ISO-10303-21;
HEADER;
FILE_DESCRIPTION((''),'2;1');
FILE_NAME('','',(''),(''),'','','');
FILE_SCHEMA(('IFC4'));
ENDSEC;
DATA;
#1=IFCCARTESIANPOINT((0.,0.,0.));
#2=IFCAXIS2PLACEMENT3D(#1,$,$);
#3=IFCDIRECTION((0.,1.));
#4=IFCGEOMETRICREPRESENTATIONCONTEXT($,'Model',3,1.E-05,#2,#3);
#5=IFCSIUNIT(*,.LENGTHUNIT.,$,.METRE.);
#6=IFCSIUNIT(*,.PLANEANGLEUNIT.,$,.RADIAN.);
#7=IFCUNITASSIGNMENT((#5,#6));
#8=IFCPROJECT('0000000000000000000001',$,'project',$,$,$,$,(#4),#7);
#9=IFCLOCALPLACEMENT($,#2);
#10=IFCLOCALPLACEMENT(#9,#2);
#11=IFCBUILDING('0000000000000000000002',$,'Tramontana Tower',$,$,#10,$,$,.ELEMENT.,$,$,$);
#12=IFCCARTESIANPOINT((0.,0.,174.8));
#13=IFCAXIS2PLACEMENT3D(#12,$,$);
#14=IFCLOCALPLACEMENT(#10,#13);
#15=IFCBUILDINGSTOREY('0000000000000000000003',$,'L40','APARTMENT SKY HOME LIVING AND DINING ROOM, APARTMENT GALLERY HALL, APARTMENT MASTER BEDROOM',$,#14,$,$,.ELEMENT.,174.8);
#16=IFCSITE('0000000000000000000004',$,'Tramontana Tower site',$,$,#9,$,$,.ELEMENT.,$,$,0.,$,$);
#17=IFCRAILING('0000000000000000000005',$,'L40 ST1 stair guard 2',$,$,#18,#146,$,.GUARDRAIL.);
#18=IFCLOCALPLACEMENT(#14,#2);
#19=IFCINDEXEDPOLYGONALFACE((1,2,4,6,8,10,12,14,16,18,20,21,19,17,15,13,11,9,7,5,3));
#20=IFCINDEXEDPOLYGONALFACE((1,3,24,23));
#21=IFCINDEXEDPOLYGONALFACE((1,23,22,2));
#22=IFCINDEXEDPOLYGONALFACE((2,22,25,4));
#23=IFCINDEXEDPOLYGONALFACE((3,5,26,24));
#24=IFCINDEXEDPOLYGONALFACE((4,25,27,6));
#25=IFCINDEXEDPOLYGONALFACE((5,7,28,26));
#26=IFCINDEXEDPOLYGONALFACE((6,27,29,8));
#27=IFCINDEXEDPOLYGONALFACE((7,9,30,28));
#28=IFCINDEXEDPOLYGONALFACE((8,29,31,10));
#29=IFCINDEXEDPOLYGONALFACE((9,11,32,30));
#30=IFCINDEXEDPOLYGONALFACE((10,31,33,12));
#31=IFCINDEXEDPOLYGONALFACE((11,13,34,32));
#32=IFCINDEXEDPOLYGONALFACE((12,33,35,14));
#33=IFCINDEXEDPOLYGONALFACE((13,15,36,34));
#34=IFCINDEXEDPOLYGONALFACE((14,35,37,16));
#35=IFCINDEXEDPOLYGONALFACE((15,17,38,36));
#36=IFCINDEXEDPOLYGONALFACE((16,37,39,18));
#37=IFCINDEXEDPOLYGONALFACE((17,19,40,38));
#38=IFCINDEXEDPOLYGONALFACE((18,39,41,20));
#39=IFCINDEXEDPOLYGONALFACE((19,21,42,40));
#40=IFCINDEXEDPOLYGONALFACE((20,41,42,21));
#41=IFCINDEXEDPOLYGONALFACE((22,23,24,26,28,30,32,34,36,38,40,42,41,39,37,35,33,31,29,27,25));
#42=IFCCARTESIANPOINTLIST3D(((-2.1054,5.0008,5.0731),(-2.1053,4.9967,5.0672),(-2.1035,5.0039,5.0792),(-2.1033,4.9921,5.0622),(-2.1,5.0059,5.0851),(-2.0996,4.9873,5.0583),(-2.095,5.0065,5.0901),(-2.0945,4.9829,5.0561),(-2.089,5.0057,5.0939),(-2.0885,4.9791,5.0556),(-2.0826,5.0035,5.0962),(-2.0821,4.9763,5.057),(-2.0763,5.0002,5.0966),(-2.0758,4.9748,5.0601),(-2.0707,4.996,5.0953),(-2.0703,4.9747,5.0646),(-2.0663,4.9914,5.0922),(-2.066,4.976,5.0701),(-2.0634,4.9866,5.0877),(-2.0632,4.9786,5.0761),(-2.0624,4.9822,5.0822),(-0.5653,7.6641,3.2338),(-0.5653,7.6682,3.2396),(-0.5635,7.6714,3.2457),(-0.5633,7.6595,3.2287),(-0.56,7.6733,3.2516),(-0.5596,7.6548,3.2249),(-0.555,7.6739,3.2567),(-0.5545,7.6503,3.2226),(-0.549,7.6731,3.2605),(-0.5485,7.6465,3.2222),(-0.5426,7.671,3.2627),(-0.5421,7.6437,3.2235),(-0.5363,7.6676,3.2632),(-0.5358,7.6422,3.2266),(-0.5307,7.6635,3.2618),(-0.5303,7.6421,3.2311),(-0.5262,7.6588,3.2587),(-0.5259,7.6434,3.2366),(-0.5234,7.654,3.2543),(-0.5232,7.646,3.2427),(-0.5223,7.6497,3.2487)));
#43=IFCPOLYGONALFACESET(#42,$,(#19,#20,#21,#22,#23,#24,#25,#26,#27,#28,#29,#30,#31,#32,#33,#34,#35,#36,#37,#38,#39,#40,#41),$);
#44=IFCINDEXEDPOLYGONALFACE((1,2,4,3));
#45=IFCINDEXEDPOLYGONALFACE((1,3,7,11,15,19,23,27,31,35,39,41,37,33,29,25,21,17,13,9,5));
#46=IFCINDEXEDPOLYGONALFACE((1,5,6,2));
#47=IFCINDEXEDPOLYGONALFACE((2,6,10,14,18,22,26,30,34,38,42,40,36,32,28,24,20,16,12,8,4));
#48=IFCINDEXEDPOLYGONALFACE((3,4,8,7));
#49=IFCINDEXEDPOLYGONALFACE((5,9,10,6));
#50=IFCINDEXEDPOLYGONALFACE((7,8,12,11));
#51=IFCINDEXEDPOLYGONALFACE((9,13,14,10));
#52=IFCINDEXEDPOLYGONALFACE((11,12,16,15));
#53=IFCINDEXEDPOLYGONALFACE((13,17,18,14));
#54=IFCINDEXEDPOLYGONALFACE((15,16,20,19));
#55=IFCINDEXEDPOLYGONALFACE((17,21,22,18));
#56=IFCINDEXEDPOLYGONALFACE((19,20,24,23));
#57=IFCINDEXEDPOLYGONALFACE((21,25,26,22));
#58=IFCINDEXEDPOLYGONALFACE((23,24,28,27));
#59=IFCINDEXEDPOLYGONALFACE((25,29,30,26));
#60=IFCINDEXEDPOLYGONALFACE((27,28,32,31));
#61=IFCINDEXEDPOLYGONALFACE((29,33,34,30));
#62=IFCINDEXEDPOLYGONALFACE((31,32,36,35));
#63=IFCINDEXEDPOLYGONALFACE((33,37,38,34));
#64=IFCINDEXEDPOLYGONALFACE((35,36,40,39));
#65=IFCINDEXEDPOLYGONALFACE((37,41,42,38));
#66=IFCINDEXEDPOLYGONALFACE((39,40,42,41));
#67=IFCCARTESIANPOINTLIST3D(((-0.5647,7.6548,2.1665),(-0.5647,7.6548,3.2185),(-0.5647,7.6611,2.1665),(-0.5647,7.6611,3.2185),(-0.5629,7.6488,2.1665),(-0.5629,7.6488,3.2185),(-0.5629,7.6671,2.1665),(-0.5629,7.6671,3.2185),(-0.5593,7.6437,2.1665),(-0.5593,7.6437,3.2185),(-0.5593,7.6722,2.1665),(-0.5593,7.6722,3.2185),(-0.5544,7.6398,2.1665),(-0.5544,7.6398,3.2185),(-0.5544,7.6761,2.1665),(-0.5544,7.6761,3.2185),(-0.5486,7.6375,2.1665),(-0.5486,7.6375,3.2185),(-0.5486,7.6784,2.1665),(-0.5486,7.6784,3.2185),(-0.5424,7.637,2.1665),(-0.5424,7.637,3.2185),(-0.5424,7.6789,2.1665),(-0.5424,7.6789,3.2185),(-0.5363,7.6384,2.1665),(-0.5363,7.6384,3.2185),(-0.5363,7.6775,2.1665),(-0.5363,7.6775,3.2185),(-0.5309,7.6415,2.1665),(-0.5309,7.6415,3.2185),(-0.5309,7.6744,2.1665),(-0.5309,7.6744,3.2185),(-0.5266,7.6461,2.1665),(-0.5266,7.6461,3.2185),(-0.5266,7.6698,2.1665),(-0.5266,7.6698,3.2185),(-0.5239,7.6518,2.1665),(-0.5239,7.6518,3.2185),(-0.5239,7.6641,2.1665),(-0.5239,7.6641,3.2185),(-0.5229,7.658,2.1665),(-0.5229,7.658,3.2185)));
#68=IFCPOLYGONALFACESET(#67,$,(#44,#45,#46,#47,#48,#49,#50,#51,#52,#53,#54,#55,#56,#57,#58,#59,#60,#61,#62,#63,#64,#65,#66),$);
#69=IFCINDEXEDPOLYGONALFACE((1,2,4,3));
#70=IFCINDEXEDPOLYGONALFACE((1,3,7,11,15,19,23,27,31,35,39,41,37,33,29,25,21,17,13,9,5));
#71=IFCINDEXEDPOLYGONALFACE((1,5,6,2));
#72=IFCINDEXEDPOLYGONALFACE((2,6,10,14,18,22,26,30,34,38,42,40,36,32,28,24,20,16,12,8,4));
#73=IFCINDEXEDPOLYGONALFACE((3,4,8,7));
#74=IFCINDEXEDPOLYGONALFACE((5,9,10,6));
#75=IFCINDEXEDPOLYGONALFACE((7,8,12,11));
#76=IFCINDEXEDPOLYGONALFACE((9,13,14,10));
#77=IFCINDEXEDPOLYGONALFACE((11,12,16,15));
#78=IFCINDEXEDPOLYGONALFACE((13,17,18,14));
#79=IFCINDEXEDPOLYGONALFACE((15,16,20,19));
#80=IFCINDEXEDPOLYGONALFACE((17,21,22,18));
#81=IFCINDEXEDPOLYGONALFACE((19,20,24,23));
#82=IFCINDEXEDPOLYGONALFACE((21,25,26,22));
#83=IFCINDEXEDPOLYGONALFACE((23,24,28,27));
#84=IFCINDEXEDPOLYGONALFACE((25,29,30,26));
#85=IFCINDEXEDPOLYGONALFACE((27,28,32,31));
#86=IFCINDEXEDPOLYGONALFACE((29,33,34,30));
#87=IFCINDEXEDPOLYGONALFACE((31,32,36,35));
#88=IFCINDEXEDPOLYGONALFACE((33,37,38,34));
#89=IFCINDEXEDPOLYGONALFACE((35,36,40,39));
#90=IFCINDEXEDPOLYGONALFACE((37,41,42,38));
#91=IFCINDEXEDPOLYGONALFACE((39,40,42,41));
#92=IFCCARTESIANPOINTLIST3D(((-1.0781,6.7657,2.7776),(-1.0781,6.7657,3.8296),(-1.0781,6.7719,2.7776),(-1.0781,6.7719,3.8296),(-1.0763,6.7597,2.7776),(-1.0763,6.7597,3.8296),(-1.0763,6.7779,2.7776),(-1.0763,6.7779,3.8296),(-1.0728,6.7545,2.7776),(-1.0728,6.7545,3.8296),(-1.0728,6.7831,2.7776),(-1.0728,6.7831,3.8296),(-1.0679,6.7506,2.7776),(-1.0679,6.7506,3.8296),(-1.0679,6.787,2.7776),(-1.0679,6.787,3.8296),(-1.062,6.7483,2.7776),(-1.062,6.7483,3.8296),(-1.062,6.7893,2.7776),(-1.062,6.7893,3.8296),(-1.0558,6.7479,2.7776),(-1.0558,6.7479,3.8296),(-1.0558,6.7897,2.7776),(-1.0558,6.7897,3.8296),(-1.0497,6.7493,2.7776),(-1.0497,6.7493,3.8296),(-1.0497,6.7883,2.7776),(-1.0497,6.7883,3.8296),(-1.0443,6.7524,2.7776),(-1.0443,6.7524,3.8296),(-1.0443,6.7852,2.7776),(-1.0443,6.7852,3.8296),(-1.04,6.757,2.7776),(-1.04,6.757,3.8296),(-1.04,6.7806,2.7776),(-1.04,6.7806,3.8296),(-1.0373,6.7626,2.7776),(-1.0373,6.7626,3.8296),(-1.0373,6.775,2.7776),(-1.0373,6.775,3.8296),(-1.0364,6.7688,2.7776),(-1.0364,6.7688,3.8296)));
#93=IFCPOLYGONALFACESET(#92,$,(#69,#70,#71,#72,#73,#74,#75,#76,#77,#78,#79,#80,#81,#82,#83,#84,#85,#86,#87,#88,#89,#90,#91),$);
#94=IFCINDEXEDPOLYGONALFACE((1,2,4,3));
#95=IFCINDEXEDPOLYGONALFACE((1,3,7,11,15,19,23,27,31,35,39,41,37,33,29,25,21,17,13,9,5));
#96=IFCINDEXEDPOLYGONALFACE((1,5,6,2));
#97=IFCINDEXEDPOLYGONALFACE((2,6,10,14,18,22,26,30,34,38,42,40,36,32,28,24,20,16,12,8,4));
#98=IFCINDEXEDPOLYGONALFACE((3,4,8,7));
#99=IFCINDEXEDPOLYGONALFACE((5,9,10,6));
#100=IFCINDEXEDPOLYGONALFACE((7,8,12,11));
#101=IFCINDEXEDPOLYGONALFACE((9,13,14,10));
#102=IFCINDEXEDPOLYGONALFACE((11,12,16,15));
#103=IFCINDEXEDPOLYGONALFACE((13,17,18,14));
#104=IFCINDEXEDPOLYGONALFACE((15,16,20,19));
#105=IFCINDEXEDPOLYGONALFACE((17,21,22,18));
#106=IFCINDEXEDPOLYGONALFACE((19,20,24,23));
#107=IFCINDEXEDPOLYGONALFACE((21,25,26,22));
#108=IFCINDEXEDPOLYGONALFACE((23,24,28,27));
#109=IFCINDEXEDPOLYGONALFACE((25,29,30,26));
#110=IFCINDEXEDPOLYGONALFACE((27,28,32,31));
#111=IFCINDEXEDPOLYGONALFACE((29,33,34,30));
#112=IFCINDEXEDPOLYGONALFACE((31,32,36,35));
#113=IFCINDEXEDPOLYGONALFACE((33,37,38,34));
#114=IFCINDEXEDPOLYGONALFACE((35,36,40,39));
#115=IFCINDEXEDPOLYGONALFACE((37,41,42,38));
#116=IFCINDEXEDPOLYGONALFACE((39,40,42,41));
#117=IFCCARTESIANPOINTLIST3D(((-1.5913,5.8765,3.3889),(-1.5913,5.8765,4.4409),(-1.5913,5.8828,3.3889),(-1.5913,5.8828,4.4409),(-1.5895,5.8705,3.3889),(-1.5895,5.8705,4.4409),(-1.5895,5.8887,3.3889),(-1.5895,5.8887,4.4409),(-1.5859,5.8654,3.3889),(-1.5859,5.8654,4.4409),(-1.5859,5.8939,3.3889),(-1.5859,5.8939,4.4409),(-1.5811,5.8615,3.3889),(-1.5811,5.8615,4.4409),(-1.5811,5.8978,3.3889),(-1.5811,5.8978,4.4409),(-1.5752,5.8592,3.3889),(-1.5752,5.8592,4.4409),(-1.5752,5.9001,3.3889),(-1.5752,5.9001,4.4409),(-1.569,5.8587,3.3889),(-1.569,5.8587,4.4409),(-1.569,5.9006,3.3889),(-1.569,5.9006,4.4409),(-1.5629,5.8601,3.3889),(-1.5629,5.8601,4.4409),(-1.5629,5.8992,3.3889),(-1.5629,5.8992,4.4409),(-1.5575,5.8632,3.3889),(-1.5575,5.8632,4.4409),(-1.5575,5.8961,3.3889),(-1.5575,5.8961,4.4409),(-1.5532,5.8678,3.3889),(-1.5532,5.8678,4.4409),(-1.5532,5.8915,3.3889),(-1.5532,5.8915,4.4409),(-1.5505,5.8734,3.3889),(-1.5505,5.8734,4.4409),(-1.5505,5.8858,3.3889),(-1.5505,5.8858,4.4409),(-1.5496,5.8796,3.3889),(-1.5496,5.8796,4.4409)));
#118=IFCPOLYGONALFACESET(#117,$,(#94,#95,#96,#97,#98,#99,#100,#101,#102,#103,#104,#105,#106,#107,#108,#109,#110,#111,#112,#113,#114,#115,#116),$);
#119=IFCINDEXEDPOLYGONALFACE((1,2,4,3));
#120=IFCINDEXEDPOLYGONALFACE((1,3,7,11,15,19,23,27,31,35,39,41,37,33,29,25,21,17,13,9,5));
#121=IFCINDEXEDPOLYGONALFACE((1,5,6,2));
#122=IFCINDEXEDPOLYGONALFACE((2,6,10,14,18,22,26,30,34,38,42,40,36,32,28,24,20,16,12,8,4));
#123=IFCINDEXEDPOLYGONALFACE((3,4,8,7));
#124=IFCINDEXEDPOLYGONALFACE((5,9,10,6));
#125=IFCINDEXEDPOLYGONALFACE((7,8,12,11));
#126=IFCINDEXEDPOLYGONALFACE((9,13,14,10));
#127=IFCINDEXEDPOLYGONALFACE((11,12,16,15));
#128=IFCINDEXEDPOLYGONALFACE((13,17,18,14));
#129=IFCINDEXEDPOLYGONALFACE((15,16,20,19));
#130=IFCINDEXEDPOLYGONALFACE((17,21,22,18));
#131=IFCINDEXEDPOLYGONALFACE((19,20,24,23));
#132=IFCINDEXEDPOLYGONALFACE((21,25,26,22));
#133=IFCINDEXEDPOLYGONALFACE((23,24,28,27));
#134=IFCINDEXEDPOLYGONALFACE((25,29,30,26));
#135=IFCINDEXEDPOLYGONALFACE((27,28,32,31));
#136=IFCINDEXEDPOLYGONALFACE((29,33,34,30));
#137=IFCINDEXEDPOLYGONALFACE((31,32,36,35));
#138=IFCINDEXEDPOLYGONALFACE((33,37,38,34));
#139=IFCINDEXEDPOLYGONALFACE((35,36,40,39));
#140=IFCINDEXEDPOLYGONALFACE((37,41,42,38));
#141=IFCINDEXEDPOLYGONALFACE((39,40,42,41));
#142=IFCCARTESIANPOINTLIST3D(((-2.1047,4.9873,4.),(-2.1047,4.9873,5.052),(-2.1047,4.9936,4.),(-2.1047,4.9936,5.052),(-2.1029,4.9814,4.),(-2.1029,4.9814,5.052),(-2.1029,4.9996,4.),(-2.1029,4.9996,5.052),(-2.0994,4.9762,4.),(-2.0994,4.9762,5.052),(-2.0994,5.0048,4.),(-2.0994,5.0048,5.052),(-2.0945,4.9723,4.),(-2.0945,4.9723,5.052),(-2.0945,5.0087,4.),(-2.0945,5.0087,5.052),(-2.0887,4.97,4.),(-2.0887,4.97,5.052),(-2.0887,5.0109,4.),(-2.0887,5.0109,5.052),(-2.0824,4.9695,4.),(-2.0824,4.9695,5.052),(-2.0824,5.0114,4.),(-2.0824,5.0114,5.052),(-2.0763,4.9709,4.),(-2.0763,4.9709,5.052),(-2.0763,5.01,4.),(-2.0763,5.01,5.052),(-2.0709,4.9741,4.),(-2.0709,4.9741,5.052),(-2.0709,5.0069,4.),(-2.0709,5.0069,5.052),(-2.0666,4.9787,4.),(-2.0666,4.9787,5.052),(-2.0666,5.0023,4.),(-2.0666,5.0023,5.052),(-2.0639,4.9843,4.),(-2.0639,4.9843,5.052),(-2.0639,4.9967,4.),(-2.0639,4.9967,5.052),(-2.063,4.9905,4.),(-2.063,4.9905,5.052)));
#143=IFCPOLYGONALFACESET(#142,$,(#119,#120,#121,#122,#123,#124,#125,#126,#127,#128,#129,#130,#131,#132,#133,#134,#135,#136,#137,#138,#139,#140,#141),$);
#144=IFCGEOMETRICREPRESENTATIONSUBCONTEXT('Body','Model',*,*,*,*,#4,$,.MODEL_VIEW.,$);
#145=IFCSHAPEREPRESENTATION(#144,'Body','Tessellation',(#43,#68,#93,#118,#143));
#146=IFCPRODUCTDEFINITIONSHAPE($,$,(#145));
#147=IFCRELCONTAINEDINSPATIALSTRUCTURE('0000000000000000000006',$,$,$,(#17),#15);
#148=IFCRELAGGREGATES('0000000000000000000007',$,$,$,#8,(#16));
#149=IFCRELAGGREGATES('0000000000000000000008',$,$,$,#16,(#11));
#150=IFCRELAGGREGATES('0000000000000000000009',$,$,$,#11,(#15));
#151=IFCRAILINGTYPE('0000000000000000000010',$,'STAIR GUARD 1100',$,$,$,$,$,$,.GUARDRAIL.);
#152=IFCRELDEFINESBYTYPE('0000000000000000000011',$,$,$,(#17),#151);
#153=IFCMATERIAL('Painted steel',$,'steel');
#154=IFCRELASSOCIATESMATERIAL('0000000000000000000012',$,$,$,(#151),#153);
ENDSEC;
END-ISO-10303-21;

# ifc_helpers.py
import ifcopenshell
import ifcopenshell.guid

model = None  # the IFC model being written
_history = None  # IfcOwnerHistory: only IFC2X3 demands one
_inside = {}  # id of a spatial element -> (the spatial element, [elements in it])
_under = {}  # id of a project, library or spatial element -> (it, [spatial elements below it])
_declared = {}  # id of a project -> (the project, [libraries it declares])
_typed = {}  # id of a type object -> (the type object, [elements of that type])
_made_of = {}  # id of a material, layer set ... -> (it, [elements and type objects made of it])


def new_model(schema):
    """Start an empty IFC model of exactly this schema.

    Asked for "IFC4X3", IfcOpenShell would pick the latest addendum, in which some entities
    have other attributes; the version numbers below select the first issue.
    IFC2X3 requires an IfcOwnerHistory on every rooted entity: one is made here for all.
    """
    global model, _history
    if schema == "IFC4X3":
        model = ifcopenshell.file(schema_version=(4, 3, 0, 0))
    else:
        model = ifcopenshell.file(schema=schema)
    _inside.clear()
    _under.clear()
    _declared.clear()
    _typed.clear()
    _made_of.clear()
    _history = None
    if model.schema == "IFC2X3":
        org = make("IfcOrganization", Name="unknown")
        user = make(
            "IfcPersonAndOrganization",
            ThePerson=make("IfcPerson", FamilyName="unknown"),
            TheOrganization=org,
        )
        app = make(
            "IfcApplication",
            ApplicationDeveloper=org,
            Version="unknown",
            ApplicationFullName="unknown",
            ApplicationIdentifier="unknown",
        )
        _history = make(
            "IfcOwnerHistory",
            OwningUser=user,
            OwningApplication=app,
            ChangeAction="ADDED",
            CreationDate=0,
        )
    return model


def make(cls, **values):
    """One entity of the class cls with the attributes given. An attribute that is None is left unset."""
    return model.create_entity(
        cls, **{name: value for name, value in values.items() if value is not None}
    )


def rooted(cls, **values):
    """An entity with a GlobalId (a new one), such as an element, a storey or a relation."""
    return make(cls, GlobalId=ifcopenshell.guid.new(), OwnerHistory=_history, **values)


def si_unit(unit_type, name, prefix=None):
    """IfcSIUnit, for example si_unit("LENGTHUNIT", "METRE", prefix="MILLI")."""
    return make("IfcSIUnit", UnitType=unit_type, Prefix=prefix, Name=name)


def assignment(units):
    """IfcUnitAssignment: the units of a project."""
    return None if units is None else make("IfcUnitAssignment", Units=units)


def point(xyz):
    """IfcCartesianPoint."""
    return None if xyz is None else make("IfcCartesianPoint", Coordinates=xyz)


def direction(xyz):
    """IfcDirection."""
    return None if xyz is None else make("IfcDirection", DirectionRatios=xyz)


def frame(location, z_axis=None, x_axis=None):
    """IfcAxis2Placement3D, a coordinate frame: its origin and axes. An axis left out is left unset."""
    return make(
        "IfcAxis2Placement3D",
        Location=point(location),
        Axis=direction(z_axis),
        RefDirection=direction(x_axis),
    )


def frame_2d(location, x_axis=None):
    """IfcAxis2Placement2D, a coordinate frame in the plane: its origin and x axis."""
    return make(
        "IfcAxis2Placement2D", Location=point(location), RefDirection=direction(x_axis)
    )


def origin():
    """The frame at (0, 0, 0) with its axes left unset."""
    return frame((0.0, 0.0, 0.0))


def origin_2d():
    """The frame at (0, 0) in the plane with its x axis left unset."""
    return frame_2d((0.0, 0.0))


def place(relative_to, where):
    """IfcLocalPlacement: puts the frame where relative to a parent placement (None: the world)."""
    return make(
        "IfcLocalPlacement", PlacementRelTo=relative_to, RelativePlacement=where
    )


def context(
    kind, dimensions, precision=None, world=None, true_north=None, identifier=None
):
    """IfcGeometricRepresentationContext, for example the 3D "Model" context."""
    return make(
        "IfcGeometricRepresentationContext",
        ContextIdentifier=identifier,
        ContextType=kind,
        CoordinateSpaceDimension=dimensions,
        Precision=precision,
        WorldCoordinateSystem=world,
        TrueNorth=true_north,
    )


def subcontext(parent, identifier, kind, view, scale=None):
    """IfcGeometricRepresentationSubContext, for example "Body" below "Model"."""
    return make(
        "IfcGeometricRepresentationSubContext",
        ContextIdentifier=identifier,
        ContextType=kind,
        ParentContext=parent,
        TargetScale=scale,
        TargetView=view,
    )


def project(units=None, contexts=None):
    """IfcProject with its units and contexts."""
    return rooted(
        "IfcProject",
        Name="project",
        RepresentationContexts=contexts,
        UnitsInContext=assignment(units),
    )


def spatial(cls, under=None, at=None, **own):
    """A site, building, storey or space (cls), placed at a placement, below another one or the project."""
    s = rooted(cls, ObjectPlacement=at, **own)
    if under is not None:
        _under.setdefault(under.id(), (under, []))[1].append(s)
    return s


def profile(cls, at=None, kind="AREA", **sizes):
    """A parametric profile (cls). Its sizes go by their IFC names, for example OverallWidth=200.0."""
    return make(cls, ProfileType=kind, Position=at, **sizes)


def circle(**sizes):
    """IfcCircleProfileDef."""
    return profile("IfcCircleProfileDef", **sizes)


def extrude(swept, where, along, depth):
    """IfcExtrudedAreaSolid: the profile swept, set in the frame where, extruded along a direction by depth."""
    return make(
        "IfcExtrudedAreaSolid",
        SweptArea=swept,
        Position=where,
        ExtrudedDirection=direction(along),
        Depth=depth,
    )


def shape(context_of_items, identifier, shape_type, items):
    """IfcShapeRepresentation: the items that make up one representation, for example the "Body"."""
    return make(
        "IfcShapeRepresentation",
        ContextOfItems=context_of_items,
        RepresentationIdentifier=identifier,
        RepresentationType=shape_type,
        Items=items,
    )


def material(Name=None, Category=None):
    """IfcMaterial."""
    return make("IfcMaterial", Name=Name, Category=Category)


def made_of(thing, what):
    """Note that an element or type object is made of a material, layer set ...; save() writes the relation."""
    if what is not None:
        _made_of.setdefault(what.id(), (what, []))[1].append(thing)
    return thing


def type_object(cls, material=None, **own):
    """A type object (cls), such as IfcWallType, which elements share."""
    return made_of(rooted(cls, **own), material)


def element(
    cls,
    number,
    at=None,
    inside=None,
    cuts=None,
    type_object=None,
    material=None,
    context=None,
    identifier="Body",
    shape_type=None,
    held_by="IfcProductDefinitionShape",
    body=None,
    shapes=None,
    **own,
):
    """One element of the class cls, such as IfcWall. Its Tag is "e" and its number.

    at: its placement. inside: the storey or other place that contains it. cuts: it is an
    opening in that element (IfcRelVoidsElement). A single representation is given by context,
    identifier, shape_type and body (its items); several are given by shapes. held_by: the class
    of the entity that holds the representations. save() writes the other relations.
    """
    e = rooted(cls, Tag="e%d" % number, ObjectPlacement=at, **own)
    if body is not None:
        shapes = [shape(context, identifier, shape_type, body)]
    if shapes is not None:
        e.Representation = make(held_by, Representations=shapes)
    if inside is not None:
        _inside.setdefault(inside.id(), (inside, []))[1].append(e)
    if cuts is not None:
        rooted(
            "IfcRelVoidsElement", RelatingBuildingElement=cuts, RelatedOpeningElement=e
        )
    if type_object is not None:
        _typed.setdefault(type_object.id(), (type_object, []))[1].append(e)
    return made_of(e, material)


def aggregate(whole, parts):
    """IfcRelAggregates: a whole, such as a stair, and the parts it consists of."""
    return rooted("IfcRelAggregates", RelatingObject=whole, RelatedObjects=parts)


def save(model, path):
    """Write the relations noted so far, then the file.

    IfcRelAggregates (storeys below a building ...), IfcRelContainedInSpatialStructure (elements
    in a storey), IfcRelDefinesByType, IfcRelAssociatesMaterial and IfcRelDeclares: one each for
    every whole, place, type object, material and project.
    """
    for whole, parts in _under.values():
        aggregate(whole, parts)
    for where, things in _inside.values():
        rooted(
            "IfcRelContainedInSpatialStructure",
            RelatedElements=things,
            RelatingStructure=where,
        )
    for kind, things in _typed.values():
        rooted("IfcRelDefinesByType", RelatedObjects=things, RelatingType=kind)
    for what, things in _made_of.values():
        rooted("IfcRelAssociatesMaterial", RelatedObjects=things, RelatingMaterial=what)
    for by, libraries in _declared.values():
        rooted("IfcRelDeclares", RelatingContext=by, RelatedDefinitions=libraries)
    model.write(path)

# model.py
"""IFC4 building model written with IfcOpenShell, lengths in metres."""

from ifc_helpers import new_model, si_unit, direction, frame, origin, origin_2d, place, context, subcontext, project, spatial, circle, extrude, material, type_object, element, save


model = new_model("IFC4")

# Units and contexts
model_context = context("Model", 3, precision=1e-05, world=origin(), true_north=direction((0.0, 1.0)))
body_context = subcontext(model_context, "Body", "Model", "MODEL_VIEW")
ifc_project = project(units=[si_unit("LENGTHUNIT", "METRE"), si_unit("PLANEANGLEUNIT", "RADIAN")], contexts=[model_context])

# Site, building, storey
site_placement = place(None, origin())
site = spatial("IfcSite", under=ifc_project, at=site_placement, Name="Tramontana Tower site", CompositionType="ELEMENT", RefElevation=0.0)
building_placement = place(site_placement, origin())
building = spatial("IfcBuilding", under=site, at=building_placement, Name="Tramontana Tower", CompositionType="ELEMENT")
storey_placement = place(building_placement, frame((0.0, 0.0, 174.8)))
storey = spatial("IfcBuildingStorey", under=building, at=storey_placement, Name="L40", Description="APARTMENT SKY HOME LIVING AND DINING ROOM, APARTMENT GALLERY HALL, APARTMENT MASTER BEDROOM", CompositionType="ELEMENT", Elevation=174.8)

# Railing
ifc_material_1 = material(Name="Painted steel", Category="steel")
railing_type = type_object("IfcRailingType", Name="STAIR GUARD 1100", PredefinedType="GUARDRAIL", material=ifc_material_1)
railing_1_placement = place(storey_placement, frame((-0.5439, 7.658, 2.1665)))
element("IfcRailing", 1, at=railing_1_placement, inside=storey, type_object=railing_type, Name="L40 ST1 stair guard 2", PredefinedType="GUARDRAIL", context=body_context, shape_type="SweptSolid", body=[
    extrude(circle(Radius=0.0239, at=origin_2d()), frame((0.0, 0.0, 1.0762), z_axis=(-0.429634, -0.744164, 0.511502), x_axis=(0.86603, -0.499992, 0.0)), (0.0, 0.0, 1.0), 3.5845),
    extrude(circle(Radius=0.021, at=origin_2d()), origin(), (0.0, 0.0, 1.0), 1.052),
    extrude(circle(Radius=0.021, at=origin_2d()), frame((-0.5134, -0.8892, 0.6111)), (0.0, 0.0, 1.0), 1.052),
    extrude(circle(Radius=0.021, at=origin_2d()), frame((-1.0266, -1.7783, 1.2224)), (0.0, 0.0, 1.0), 1.052),
    extrude(circle(Radius=0.021, at=origin_2d()), frame((-1.54, -2.6675, 1.8335)), (0.0, 0.0, 1.0), 1.052),
])

save(model, "model.ifc")
